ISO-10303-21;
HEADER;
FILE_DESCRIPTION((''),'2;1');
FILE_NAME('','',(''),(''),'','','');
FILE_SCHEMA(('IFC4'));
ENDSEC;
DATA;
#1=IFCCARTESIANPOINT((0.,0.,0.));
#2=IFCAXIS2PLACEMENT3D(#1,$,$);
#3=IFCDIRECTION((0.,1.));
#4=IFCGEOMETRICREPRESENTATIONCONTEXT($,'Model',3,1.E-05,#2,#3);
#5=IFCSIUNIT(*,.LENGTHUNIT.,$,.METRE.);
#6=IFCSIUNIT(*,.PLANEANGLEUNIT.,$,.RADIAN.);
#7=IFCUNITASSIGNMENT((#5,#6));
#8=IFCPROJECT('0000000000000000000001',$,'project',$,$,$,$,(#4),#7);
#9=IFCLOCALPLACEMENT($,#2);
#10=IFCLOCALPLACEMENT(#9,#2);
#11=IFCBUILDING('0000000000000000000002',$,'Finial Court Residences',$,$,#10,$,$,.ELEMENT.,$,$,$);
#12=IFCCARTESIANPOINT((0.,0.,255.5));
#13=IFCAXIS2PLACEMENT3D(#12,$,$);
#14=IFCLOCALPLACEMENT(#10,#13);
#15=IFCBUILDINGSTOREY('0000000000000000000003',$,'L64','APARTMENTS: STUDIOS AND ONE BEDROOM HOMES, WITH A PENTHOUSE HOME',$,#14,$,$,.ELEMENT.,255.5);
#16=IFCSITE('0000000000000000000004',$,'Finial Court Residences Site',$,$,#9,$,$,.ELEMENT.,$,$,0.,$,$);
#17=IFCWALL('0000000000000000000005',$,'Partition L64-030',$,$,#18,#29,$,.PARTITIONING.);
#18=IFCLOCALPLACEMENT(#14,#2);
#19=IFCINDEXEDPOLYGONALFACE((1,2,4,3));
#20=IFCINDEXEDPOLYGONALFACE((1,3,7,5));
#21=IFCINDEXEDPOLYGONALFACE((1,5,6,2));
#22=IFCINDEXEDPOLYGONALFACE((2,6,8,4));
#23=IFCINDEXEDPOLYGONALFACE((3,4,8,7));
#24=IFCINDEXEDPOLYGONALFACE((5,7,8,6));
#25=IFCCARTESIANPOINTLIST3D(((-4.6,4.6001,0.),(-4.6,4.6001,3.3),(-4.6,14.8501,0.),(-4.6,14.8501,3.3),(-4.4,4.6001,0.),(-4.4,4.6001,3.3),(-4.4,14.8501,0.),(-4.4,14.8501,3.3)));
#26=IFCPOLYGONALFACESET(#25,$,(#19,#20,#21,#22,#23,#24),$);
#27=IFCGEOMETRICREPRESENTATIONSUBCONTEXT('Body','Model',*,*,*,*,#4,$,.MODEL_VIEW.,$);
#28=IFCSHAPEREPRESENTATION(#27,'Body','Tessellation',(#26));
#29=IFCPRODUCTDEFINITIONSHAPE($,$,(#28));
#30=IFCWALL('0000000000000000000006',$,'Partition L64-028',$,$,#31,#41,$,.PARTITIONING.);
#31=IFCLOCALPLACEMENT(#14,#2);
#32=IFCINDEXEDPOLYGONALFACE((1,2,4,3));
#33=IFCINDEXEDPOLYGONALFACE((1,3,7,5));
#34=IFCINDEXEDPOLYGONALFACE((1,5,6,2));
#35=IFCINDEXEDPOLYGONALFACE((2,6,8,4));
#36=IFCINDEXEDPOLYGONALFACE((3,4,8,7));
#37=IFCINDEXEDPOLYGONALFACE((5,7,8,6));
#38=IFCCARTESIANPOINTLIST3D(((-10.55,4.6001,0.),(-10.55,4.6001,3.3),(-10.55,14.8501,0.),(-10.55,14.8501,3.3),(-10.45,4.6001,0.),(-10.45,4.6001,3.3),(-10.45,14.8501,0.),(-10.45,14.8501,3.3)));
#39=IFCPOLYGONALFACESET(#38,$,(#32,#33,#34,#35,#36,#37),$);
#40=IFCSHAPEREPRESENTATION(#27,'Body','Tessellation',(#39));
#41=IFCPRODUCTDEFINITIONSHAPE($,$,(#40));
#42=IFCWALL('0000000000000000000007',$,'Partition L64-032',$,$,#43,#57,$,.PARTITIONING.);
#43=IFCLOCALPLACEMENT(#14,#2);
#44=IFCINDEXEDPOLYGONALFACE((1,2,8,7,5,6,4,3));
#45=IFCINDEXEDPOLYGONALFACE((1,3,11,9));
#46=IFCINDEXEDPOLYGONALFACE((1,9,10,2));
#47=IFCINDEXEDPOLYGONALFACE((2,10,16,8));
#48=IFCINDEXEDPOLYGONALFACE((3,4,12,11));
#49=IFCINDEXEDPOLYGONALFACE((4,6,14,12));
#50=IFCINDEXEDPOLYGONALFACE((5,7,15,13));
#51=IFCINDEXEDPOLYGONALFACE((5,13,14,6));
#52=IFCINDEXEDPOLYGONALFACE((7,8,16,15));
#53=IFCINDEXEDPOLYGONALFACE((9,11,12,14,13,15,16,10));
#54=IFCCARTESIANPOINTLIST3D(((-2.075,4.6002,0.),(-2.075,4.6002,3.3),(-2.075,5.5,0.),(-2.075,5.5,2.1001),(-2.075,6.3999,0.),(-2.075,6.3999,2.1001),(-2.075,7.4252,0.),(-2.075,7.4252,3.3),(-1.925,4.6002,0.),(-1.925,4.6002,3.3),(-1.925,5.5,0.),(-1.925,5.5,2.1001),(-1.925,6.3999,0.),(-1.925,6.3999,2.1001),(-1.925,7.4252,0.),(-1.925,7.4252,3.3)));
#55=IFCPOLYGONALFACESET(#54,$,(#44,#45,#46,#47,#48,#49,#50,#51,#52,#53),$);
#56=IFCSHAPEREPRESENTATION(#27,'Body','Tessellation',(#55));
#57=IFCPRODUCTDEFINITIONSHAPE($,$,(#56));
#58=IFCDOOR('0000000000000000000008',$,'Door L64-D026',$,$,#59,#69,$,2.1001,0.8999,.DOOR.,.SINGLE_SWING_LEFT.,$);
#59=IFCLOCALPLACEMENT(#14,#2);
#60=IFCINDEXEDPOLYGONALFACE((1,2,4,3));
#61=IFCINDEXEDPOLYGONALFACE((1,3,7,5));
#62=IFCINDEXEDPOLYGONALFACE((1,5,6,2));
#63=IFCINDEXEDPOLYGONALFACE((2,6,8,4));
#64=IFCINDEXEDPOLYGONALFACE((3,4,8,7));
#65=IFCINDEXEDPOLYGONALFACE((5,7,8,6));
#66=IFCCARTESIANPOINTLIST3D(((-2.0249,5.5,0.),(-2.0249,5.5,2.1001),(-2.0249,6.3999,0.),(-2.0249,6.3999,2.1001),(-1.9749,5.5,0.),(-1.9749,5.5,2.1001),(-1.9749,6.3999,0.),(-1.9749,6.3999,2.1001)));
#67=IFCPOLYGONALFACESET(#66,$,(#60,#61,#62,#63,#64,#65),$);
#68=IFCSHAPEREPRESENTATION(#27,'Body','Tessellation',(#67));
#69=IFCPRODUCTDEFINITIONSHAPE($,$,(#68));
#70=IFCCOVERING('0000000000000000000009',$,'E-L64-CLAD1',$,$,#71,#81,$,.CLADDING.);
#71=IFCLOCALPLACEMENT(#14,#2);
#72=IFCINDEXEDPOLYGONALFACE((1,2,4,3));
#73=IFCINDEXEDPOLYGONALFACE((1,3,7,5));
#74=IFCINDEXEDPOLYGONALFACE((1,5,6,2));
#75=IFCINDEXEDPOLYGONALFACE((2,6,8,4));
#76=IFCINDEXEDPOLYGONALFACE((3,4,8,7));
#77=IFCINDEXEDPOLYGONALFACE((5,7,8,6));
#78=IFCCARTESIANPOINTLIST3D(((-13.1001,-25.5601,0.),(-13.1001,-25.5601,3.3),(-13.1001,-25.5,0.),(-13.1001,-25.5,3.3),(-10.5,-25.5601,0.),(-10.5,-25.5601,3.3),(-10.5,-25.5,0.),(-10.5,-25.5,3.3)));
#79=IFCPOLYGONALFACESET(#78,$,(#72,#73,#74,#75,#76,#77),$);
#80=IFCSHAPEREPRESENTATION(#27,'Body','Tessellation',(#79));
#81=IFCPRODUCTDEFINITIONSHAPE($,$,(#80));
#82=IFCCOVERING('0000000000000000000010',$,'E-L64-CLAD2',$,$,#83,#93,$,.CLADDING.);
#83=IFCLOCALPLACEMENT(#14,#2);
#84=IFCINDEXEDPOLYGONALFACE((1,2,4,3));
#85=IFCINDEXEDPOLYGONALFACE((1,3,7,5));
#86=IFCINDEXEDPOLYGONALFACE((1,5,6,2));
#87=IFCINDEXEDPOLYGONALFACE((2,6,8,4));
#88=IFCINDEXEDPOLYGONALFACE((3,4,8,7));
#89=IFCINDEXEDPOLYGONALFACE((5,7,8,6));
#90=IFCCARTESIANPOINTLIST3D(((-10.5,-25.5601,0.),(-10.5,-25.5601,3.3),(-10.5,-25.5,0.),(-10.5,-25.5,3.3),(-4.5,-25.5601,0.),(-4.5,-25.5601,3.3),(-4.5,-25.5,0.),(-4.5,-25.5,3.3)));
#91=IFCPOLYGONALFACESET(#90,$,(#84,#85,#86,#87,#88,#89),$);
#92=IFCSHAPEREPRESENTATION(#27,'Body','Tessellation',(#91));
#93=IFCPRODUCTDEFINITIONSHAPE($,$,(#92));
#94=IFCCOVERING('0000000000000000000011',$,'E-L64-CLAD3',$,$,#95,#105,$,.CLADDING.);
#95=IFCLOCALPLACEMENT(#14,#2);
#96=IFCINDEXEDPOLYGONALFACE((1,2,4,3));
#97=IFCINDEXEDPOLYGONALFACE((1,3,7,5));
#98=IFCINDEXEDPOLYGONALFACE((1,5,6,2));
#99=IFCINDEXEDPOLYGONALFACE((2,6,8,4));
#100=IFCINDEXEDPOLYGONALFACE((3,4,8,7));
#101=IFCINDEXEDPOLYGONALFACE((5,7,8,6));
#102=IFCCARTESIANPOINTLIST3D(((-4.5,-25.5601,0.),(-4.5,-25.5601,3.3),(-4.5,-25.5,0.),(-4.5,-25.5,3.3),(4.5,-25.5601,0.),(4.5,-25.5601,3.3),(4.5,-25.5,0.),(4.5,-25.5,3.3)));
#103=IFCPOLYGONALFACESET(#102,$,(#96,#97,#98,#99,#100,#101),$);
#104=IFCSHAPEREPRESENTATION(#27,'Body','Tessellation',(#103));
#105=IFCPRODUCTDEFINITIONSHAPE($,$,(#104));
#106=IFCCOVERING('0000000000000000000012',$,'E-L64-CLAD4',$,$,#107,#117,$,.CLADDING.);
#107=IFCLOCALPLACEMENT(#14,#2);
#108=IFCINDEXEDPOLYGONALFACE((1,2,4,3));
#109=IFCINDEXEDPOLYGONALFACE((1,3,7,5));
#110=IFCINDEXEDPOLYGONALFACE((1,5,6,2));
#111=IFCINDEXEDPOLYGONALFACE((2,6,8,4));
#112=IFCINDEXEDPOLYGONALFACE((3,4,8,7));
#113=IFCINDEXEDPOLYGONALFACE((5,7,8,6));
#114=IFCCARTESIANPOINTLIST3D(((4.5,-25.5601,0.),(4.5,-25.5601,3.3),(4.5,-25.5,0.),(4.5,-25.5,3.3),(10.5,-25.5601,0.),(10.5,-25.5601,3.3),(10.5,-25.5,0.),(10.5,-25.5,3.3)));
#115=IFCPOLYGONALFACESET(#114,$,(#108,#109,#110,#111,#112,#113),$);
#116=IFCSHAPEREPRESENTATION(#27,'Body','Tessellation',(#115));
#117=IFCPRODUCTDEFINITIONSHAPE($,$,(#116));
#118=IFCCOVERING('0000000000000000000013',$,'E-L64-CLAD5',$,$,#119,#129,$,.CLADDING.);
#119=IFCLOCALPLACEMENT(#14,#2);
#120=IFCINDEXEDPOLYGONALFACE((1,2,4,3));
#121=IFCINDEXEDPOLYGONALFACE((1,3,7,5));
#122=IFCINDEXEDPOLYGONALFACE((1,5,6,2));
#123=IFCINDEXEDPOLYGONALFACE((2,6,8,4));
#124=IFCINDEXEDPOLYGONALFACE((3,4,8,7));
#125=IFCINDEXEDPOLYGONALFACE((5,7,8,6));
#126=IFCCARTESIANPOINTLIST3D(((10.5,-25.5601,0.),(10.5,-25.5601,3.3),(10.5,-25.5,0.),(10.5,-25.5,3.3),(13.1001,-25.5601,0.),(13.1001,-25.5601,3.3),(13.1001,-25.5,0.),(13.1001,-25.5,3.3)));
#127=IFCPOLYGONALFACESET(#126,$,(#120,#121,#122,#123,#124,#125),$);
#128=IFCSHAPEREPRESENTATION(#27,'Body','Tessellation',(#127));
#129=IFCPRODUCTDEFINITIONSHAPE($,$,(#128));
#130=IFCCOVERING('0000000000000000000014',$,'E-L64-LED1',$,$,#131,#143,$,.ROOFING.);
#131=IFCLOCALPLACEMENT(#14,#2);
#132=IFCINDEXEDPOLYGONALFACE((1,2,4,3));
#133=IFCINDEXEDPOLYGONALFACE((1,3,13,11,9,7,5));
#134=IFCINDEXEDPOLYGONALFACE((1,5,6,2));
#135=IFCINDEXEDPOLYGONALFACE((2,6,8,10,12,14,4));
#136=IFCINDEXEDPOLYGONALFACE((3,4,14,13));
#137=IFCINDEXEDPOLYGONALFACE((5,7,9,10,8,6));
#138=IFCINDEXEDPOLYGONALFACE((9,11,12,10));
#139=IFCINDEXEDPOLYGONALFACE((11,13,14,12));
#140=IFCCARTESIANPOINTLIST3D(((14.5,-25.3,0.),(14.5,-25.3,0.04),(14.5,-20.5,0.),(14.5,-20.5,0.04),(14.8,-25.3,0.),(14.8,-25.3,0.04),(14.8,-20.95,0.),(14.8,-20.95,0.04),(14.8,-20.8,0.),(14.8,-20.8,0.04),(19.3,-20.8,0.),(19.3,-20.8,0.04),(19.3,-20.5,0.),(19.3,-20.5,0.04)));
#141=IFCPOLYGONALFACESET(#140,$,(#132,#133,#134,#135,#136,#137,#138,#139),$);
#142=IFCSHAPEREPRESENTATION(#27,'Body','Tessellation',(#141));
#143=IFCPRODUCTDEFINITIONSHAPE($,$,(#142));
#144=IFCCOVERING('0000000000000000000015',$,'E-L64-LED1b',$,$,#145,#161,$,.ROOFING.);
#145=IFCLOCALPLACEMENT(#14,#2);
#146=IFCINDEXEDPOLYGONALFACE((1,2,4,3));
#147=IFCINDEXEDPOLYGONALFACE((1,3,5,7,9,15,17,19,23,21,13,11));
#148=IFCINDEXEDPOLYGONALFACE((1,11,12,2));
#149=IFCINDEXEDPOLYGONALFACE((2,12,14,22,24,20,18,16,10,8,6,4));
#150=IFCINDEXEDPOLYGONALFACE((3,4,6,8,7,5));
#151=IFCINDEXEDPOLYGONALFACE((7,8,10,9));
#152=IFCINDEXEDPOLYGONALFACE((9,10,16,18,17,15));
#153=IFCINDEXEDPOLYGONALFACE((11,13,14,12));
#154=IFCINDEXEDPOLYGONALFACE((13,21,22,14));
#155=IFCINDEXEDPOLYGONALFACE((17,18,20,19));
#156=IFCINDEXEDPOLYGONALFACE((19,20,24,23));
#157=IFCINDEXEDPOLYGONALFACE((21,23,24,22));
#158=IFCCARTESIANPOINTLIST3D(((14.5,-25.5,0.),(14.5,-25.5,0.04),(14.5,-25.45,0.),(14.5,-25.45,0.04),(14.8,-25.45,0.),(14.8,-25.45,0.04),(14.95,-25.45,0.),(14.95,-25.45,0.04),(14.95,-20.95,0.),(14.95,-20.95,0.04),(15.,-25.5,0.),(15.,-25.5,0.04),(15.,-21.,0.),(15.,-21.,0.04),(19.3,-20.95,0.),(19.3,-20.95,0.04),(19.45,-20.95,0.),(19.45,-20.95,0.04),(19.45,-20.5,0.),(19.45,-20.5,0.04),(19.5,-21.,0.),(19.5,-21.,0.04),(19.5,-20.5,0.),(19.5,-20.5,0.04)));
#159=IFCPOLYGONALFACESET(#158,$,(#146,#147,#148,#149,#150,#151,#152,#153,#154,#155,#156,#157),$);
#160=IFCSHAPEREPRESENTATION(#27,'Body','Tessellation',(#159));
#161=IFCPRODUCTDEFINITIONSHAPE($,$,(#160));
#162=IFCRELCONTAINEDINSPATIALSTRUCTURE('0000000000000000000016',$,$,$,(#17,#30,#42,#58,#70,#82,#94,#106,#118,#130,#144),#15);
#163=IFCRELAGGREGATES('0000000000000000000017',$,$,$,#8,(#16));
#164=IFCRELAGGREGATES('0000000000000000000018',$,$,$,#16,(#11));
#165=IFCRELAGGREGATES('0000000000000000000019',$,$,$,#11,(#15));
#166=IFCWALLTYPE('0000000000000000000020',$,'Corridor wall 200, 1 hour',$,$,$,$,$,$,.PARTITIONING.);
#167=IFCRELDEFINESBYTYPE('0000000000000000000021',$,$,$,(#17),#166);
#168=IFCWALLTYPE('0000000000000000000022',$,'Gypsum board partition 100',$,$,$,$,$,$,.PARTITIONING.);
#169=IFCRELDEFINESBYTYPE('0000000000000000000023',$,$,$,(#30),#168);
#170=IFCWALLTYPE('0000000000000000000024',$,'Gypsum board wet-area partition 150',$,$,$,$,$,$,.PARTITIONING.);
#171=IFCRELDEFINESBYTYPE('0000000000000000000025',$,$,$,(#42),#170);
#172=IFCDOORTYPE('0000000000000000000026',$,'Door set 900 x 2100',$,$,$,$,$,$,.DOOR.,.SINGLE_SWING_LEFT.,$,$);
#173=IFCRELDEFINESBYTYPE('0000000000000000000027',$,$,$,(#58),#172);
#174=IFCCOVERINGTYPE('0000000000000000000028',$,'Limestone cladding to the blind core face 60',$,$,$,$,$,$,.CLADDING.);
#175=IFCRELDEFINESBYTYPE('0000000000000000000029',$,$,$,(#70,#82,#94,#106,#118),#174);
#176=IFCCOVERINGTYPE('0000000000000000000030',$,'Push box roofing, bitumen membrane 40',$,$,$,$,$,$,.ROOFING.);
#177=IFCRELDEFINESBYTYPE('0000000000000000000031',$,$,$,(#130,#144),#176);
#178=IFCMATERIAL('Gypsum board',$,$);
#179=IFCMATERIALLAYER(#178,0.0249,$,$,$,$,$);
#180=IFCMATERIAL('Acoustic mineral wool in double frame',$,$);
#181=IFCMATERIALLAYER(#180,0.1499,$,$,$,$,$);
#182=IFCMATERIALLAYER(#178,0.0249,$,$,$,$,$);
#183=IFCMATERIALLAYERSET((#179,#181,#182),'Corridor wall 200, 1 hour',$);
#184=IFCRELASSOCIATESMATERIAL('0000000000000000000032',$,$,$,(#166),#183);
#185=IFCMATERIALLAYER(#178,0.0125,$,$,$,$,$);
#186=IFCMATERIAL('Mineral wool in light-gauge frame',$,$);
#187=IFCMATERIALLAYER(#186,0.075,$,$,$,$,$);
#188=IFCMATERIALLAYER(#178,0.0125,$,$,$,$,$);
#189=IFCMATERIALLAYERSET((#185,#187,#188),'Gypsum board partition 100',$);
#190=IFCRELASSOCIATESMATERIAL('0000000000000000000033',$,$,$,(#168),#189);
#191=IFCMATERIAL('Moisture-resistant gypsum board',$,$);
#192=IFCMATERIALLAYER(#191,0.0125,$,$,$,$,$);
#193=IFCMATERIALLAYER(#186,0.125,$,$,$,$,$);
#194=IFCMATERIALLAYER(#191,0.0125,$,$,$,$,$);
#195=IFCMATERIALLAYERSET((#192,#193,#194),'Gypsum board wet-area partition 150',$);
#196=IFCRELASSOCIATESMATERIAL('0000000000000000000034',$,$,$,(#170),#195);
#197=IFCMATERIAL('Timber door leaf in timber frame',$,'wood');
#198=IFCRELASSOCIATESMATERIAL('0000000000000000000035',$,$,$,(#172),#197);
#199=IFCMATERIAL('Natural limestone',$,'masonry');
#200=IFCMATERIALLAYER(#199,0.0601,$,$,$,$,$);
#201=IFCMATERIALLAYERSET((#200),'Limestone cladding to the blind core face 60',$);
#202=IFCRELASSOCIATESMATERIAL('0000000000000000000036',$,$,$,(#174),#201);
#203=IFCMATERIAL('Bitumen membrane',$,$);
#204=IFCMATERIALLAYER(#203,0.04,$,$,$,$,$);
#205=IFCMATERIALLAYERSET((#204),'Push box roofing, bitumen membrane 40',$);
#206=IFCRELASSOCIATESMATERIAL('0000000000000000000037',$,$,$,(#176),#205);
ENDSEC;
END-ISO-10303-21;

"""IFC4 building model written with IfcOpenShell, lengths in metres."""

from ifc_helpers import new_model, si_unit, direction, frame, frame_2d, origin, place, context, subcontext, project, spatial, polyline, rectangle, outline, extrude, material, layer, layer_set, type_object, element, fill, save


model = new_model("IFC4")

# Units and contexts
model_context = context("Model", 3, precision=1e-05, world=origin(), true_north=direction((0.0, 1.0)))
body_context = subcontext(model_context, "Body", "Model", "MODEL_VIEW")
ifc_project = project(units=[si_unit("LENGTHUNIT", "METRE"), si_unit("PLANEANGLEUNIT", "RADIAN")], contexts=[model_context])

# Site, building, storey
site_placement = place(None, origin())
site = spatial("IfcSite", under=ifc_project, at=site_placement, Name="Finial Court Residences Site", CompositionType="ELEMENT", RefElevation=0.0)
building_placement = place(site_placement, origin())
building = spatial("IfcBuilding", under=site, at=building_placement, Name="Finial Court Residences", CompositionType="ELEMENT")
storey_placement = place(building_placement, frame((0.0, 0.0, 255.5)))
storey = spatial("IfcBuildingStorey", under=building, at=storey_placement, Name="L64", Description="APARTMENTS: STUDIOS AND ONE BEDROOM HOMES, WITH A PENTHOUSE HOME", CompositionType="ELEMENT", Elevation=255.5)

# Walls
ifc_material_1 = material(Name="Gypsum board")
ifc_layer_1 = layer(ifc_material_1, 0.0249)
ifc_material_2 = material(Name="Acoustic mineral wool in double frame")
ifc_layer_2 = layer(ifc_material_2, 0.1499)
ifc_layer_3 = layer(ifc_material_1, 0.0249)
ifc_layer_set_1 = layer_set([ifc_layer_1, ifc_layer_2, ifc_layer_3], Name="Corridor wall 200, 1 hour")
wall_type_1 = type_object("IfcWallType", Name="Corridor wall 200, 1 hour", PredefinedType="PARTITIONING", material=ifc_layer_set_1)
wall_1_placement = place(storey_placement, frame((-4.5, 4.6001, 0.0), z_axis=(0.0, 0.0, 1.0), x_axis=(0.0, 1.0, 0.0)))
element("IfcWall", 1, at=wall_1_placement, inside=storey, type_object=wall_type_1, Name="Partition L64-030", PredefinedType="PARTITIONING", context=body_context, shape_type="SweptSolid", body=[
    extrude(rectangle(XDim=10.25, YDim=0.2, at=frame_2d((5.125, 0.0))), origin(), (0.0, 0.0, 1.0), 3.3),
])
ifc_layer_4 = layer(ifc_material_1, 0.0125)
ifc_material_3 = material(Name="Mineral wool in light-gauge frame")
ifc_layer_5 = layer(ifc_material_3, 0.075)
ifc_layer_6 = layer(ifc_material_1, 0.0125)
ifc_layer_set_2 = layer_set([ifc_layer_4, ifc_layer_5, ifc_layer_6], Name="Gypsum board partition 100")
wall_type_2 = type_object("IfcWallType", Name="Gypsum board partition 100", PredefinedType="PARTITIONING", material=ifc_layer_set_2)
wall_2_placement = place(storey_placement, frame((-10.5, 4.6001, 0.0), z_axis=(0.0, 0.0, 1.0), x_axis=(0.0, 1.0, 0.0)))
element("IfcWall", 2, at=wall_2_placement, inside=storey, type_object=wall_type_2, Name="Partition L64-028", PredefinedType="PARTITIONING", context=body_context, shape_type="SweptSolid", body=[
    extrude(rectangle(XDim=10.25, YDim=0.1001, at=frame_2d((5.125, 0.0))), origin(), (0.0, 0.0, 1.0), 3.3),
])

# Wall, opening, door
ifc_material_4 = material(Name="Moisture-resistant gypsum board")
ifc_layer_7 = layer(ifc_material_4, 0.0125)
ifc_layer_8 = layer(ifc_material_3, 0.125)
ifc_layer_9 = layer(ifc_material_4, 0.0125)
ifc_layer_set_3 = layer_set([ifc_layer_7, ifc_layer_8, ifc_layer_9], Name="Gypsum board wet-area partition 150")
wall_type_3 = type_object("IfcWallType", Name="Gypsum board wet-area partition 150", PredefinedType="PARTITIONING", material=ifc_layer_set_3)
wall_3_placement = place(storey_placement, frame((-2.0, 4.6001, 0.0), z_axis=(0.0, 0.0, 1.0), x_axis=(0.0, 1.0, 0.0)))
wall_3 = element("IfcWall", 3, at=wall_3_placement, inside=storey, type_object=wall_type_3, Name="Partition L64-032", PredefinedType="PARTITIONING", context=body_context, shape_type="SweptSolid", body=[
    extrude(rectangle(XDim=2.825, YDim=0.1499, at=frame_2d((1.4126, 0.0))), origin(), (0.0, 0.0, 1.0), 3.3),
])
opening_placement = place(wall_3_placement, frame((0.8999, 0.0, 0.0)))
opening = element("IfcOpeningElement", 4, at=opening_placement, cuts=wall_3, PredefinedType="OPENING", context=body_context, shape_type="SweptSolid", body=[
    extrude(rectangle(XDim=0.8999, YDim=2.1001, at=frame_2d((0.45, 1.05))), frame((0.0, 0.085, 0.0), z_axis=(0.0, -1.0, 0.0), x_axis=(1.0, 0.0, 0.0)), (0.0, 0.0, 1.0), 0.1699),
])
ifc_material_5 = material(Name="Timber door leaf in timber frame", Category="wood")
door_type = type_object("IfcDoorType", Name="Door set 900 x 2100", OperationType="SINGLE_SWING_LEFT", PredefinedType="DOOR", material=ifc_material_5)
door_placement = place(opening_placement, origin())
door = element("IfcDoor", 5, at=door_placement, inside=storey, type_object=door_type, Name="Door L64-D026", OperationType="SINGLE_SWING_LEFT", OverallHeight=2.1001, OverallWidth=0.8999, PredefinedType="DOOR", context=body_context, shape_type="SweptSolid", body=[
    extrude(rectangle(XDim=0.8999, YDim=2.1001, at=frame_2d((0.45, 1.05))), frame((0.0, 0.0249, 0.0), z_axis=(0.0, -1.0, 0.0), x_axis=(1.0, 0.0, 0.0)), (0.0, 0.0, 1.0), 0.05),
])
fill(opening, door)

# Coverings
ifc_material_6 = material(Name="Natural limestone", Category="masonry")
ifc_layer_10 = layer(ifc_material_6, 0.0601)
ifc_layer_set_4 = layer_set([ifc_layer_10], Name="Limestone cladding to the blind core face 60")
covering_type_1 = type_object("IfcCoveringType", Name="Limestone cladding to the blind core face 60", PredefinedType="CLADDING", material=ifc_layer_set_4)
covering_1_placement = place(storey_placement, origin())
element("IfcCovering", 6, at=covering_1_placement, inside=storey, type_object=covering_type_1, Name="E-L64-CLAD1", PredefinedType="CLADDING", context=body_context, shape_type="SweptSolid", body=[
    extrude(outline(polyline([(-10.5, -25.5601), (-10.5, -25.5), (-13.1001, -25.5), (-13.1001, -25.5601), (-10.5, -25.5601)])), origin(), (0.0, 0.0, 1.0), 3.3),
])
covering_2_placement = place(storey_placement, origin())
element("IfcCovering", 7, at=covering_2_placement, inside=storey, type_object=covering_type_1, Name="E-L64-CLAD2", PredefinedType="CLADDING", context=body_context, shape_type="SweptSolid", body=[
    extrude(outline(polyline([(-4.5, -25.5601), (-4.5, -25.5), (-10.5, -25.5), (-10.5, -25.5601), (-4.5, -25.5601)])), origin(), (0.0, 0.0, 1.0), 3.3),
])
covering_3_placement = place(storey_placement, origin())
element("IfcCovering", 8, at=covering_3_placement, inside=storey, type_object=covering_type_1, Name="E-L64-CLAD3", PredefinedType="CLADDING", context=body_context, shape_type="SweptSolid", body=[
    extrude(outline(polyline([(4.5, -25.5601), (4.5, -25.5), (-4.5, -25.5), (-4.5, -25.5601), (4.5, -25.5601)])), origin(), (0.0, 0.0, 1.0), 3.3),
])
covering_4_placement = place(storey_placement, origin())
element("IfcCovering", 9, at=covering_4_placement, inside=storey, type_object=covering_type_1, Name="E-L64-CLAD4", PredefinedType="CLADDING", context=body_context, shape_type="SweptSolid", body=[
    extrude(outline(polyline([(10.5, -25.5601), (10.5, -25.5), (4.5, -25.5), (4.5, -25.5601), (10.5, -25.5601)])), origin(), (0.0, 0.0, 1.0), 3.3),
])
covering_5_placement = place(storey_placement, origin())
element("IfcCovering", 10, at=covering_5_placement, inside=storey, type_object=covering_type_1, Name="E-L64-CLAD5", PredefinedType="CLADDING", context=body_context, shape_type="SweptSolid", body=[
    extrude(outline(polyline([(13.1001, -25.5601), (13.1001, -25.5), (10.5, -25.5), (10.5, -25.5601), (13.1001, -25.5601)])), origin(), (0.0, 0.0, 1.0), 3.3),
])
ifc_material_7 = material(Name="Bitumen membrane")
ifc_layer_11 = layer(ifc_material_7, 0.04)
ifc_layer_set_5 = layer_set([ifc_layer_11], Name="Push box roofing, bitumen membrane 40")
covering_type_2 = type_object("IfcCoveringType", Name="Push box roofing, bitumen membrane 40", PredefinedType="ROOFING", material=ifc_layer_set_5)
covering_6_placement = place(storey_placement, origin())
element("IfcCovering", 11, at=covering_6_placement, inside=storey, type_object=covering_type_2, Name="E-L64-LED1", PredefinedType="ROOFING", context=body_context, shape_type="SweptSolid", body=[
    extrude(outline(polyline([(19.3, -20.5), (19.3, -20.8), (14.8, -20.8), (14.8, -20.95), (14.8, -25.3), (14.5, -25.3), (14.5, -20.5), (19.3, -20.5)])), origin(), (0.0, 0.0, 1.0), 0.04),
])
covering_7_placement = place(storey_placement, origin())
element("IfcCovering", 12, at=covering_7_placement, inside=storey, type_object=covering_type_2, Name="E-L64-LED1b", PredefinedType="ROOFING", context=body_context, shape_type="SweptSolid", body=[
    extrude(outline(polyline([(19.5, -20.5), (19.5, -21.0), (15.0, -21.0), (15.0, -25.5), (14.5, -25.5), (14.5, -25.45), (14.8, -25.45), (14.95, -25.45), (14.95, -20.95), (19.3, -20.95), (19.45, -20.95), (19.45, -20.5), (19.5, -20.5)])), origin(), (0.0, 0.0, 1.0), 0.04),
])

save(model, "model.ifc")
